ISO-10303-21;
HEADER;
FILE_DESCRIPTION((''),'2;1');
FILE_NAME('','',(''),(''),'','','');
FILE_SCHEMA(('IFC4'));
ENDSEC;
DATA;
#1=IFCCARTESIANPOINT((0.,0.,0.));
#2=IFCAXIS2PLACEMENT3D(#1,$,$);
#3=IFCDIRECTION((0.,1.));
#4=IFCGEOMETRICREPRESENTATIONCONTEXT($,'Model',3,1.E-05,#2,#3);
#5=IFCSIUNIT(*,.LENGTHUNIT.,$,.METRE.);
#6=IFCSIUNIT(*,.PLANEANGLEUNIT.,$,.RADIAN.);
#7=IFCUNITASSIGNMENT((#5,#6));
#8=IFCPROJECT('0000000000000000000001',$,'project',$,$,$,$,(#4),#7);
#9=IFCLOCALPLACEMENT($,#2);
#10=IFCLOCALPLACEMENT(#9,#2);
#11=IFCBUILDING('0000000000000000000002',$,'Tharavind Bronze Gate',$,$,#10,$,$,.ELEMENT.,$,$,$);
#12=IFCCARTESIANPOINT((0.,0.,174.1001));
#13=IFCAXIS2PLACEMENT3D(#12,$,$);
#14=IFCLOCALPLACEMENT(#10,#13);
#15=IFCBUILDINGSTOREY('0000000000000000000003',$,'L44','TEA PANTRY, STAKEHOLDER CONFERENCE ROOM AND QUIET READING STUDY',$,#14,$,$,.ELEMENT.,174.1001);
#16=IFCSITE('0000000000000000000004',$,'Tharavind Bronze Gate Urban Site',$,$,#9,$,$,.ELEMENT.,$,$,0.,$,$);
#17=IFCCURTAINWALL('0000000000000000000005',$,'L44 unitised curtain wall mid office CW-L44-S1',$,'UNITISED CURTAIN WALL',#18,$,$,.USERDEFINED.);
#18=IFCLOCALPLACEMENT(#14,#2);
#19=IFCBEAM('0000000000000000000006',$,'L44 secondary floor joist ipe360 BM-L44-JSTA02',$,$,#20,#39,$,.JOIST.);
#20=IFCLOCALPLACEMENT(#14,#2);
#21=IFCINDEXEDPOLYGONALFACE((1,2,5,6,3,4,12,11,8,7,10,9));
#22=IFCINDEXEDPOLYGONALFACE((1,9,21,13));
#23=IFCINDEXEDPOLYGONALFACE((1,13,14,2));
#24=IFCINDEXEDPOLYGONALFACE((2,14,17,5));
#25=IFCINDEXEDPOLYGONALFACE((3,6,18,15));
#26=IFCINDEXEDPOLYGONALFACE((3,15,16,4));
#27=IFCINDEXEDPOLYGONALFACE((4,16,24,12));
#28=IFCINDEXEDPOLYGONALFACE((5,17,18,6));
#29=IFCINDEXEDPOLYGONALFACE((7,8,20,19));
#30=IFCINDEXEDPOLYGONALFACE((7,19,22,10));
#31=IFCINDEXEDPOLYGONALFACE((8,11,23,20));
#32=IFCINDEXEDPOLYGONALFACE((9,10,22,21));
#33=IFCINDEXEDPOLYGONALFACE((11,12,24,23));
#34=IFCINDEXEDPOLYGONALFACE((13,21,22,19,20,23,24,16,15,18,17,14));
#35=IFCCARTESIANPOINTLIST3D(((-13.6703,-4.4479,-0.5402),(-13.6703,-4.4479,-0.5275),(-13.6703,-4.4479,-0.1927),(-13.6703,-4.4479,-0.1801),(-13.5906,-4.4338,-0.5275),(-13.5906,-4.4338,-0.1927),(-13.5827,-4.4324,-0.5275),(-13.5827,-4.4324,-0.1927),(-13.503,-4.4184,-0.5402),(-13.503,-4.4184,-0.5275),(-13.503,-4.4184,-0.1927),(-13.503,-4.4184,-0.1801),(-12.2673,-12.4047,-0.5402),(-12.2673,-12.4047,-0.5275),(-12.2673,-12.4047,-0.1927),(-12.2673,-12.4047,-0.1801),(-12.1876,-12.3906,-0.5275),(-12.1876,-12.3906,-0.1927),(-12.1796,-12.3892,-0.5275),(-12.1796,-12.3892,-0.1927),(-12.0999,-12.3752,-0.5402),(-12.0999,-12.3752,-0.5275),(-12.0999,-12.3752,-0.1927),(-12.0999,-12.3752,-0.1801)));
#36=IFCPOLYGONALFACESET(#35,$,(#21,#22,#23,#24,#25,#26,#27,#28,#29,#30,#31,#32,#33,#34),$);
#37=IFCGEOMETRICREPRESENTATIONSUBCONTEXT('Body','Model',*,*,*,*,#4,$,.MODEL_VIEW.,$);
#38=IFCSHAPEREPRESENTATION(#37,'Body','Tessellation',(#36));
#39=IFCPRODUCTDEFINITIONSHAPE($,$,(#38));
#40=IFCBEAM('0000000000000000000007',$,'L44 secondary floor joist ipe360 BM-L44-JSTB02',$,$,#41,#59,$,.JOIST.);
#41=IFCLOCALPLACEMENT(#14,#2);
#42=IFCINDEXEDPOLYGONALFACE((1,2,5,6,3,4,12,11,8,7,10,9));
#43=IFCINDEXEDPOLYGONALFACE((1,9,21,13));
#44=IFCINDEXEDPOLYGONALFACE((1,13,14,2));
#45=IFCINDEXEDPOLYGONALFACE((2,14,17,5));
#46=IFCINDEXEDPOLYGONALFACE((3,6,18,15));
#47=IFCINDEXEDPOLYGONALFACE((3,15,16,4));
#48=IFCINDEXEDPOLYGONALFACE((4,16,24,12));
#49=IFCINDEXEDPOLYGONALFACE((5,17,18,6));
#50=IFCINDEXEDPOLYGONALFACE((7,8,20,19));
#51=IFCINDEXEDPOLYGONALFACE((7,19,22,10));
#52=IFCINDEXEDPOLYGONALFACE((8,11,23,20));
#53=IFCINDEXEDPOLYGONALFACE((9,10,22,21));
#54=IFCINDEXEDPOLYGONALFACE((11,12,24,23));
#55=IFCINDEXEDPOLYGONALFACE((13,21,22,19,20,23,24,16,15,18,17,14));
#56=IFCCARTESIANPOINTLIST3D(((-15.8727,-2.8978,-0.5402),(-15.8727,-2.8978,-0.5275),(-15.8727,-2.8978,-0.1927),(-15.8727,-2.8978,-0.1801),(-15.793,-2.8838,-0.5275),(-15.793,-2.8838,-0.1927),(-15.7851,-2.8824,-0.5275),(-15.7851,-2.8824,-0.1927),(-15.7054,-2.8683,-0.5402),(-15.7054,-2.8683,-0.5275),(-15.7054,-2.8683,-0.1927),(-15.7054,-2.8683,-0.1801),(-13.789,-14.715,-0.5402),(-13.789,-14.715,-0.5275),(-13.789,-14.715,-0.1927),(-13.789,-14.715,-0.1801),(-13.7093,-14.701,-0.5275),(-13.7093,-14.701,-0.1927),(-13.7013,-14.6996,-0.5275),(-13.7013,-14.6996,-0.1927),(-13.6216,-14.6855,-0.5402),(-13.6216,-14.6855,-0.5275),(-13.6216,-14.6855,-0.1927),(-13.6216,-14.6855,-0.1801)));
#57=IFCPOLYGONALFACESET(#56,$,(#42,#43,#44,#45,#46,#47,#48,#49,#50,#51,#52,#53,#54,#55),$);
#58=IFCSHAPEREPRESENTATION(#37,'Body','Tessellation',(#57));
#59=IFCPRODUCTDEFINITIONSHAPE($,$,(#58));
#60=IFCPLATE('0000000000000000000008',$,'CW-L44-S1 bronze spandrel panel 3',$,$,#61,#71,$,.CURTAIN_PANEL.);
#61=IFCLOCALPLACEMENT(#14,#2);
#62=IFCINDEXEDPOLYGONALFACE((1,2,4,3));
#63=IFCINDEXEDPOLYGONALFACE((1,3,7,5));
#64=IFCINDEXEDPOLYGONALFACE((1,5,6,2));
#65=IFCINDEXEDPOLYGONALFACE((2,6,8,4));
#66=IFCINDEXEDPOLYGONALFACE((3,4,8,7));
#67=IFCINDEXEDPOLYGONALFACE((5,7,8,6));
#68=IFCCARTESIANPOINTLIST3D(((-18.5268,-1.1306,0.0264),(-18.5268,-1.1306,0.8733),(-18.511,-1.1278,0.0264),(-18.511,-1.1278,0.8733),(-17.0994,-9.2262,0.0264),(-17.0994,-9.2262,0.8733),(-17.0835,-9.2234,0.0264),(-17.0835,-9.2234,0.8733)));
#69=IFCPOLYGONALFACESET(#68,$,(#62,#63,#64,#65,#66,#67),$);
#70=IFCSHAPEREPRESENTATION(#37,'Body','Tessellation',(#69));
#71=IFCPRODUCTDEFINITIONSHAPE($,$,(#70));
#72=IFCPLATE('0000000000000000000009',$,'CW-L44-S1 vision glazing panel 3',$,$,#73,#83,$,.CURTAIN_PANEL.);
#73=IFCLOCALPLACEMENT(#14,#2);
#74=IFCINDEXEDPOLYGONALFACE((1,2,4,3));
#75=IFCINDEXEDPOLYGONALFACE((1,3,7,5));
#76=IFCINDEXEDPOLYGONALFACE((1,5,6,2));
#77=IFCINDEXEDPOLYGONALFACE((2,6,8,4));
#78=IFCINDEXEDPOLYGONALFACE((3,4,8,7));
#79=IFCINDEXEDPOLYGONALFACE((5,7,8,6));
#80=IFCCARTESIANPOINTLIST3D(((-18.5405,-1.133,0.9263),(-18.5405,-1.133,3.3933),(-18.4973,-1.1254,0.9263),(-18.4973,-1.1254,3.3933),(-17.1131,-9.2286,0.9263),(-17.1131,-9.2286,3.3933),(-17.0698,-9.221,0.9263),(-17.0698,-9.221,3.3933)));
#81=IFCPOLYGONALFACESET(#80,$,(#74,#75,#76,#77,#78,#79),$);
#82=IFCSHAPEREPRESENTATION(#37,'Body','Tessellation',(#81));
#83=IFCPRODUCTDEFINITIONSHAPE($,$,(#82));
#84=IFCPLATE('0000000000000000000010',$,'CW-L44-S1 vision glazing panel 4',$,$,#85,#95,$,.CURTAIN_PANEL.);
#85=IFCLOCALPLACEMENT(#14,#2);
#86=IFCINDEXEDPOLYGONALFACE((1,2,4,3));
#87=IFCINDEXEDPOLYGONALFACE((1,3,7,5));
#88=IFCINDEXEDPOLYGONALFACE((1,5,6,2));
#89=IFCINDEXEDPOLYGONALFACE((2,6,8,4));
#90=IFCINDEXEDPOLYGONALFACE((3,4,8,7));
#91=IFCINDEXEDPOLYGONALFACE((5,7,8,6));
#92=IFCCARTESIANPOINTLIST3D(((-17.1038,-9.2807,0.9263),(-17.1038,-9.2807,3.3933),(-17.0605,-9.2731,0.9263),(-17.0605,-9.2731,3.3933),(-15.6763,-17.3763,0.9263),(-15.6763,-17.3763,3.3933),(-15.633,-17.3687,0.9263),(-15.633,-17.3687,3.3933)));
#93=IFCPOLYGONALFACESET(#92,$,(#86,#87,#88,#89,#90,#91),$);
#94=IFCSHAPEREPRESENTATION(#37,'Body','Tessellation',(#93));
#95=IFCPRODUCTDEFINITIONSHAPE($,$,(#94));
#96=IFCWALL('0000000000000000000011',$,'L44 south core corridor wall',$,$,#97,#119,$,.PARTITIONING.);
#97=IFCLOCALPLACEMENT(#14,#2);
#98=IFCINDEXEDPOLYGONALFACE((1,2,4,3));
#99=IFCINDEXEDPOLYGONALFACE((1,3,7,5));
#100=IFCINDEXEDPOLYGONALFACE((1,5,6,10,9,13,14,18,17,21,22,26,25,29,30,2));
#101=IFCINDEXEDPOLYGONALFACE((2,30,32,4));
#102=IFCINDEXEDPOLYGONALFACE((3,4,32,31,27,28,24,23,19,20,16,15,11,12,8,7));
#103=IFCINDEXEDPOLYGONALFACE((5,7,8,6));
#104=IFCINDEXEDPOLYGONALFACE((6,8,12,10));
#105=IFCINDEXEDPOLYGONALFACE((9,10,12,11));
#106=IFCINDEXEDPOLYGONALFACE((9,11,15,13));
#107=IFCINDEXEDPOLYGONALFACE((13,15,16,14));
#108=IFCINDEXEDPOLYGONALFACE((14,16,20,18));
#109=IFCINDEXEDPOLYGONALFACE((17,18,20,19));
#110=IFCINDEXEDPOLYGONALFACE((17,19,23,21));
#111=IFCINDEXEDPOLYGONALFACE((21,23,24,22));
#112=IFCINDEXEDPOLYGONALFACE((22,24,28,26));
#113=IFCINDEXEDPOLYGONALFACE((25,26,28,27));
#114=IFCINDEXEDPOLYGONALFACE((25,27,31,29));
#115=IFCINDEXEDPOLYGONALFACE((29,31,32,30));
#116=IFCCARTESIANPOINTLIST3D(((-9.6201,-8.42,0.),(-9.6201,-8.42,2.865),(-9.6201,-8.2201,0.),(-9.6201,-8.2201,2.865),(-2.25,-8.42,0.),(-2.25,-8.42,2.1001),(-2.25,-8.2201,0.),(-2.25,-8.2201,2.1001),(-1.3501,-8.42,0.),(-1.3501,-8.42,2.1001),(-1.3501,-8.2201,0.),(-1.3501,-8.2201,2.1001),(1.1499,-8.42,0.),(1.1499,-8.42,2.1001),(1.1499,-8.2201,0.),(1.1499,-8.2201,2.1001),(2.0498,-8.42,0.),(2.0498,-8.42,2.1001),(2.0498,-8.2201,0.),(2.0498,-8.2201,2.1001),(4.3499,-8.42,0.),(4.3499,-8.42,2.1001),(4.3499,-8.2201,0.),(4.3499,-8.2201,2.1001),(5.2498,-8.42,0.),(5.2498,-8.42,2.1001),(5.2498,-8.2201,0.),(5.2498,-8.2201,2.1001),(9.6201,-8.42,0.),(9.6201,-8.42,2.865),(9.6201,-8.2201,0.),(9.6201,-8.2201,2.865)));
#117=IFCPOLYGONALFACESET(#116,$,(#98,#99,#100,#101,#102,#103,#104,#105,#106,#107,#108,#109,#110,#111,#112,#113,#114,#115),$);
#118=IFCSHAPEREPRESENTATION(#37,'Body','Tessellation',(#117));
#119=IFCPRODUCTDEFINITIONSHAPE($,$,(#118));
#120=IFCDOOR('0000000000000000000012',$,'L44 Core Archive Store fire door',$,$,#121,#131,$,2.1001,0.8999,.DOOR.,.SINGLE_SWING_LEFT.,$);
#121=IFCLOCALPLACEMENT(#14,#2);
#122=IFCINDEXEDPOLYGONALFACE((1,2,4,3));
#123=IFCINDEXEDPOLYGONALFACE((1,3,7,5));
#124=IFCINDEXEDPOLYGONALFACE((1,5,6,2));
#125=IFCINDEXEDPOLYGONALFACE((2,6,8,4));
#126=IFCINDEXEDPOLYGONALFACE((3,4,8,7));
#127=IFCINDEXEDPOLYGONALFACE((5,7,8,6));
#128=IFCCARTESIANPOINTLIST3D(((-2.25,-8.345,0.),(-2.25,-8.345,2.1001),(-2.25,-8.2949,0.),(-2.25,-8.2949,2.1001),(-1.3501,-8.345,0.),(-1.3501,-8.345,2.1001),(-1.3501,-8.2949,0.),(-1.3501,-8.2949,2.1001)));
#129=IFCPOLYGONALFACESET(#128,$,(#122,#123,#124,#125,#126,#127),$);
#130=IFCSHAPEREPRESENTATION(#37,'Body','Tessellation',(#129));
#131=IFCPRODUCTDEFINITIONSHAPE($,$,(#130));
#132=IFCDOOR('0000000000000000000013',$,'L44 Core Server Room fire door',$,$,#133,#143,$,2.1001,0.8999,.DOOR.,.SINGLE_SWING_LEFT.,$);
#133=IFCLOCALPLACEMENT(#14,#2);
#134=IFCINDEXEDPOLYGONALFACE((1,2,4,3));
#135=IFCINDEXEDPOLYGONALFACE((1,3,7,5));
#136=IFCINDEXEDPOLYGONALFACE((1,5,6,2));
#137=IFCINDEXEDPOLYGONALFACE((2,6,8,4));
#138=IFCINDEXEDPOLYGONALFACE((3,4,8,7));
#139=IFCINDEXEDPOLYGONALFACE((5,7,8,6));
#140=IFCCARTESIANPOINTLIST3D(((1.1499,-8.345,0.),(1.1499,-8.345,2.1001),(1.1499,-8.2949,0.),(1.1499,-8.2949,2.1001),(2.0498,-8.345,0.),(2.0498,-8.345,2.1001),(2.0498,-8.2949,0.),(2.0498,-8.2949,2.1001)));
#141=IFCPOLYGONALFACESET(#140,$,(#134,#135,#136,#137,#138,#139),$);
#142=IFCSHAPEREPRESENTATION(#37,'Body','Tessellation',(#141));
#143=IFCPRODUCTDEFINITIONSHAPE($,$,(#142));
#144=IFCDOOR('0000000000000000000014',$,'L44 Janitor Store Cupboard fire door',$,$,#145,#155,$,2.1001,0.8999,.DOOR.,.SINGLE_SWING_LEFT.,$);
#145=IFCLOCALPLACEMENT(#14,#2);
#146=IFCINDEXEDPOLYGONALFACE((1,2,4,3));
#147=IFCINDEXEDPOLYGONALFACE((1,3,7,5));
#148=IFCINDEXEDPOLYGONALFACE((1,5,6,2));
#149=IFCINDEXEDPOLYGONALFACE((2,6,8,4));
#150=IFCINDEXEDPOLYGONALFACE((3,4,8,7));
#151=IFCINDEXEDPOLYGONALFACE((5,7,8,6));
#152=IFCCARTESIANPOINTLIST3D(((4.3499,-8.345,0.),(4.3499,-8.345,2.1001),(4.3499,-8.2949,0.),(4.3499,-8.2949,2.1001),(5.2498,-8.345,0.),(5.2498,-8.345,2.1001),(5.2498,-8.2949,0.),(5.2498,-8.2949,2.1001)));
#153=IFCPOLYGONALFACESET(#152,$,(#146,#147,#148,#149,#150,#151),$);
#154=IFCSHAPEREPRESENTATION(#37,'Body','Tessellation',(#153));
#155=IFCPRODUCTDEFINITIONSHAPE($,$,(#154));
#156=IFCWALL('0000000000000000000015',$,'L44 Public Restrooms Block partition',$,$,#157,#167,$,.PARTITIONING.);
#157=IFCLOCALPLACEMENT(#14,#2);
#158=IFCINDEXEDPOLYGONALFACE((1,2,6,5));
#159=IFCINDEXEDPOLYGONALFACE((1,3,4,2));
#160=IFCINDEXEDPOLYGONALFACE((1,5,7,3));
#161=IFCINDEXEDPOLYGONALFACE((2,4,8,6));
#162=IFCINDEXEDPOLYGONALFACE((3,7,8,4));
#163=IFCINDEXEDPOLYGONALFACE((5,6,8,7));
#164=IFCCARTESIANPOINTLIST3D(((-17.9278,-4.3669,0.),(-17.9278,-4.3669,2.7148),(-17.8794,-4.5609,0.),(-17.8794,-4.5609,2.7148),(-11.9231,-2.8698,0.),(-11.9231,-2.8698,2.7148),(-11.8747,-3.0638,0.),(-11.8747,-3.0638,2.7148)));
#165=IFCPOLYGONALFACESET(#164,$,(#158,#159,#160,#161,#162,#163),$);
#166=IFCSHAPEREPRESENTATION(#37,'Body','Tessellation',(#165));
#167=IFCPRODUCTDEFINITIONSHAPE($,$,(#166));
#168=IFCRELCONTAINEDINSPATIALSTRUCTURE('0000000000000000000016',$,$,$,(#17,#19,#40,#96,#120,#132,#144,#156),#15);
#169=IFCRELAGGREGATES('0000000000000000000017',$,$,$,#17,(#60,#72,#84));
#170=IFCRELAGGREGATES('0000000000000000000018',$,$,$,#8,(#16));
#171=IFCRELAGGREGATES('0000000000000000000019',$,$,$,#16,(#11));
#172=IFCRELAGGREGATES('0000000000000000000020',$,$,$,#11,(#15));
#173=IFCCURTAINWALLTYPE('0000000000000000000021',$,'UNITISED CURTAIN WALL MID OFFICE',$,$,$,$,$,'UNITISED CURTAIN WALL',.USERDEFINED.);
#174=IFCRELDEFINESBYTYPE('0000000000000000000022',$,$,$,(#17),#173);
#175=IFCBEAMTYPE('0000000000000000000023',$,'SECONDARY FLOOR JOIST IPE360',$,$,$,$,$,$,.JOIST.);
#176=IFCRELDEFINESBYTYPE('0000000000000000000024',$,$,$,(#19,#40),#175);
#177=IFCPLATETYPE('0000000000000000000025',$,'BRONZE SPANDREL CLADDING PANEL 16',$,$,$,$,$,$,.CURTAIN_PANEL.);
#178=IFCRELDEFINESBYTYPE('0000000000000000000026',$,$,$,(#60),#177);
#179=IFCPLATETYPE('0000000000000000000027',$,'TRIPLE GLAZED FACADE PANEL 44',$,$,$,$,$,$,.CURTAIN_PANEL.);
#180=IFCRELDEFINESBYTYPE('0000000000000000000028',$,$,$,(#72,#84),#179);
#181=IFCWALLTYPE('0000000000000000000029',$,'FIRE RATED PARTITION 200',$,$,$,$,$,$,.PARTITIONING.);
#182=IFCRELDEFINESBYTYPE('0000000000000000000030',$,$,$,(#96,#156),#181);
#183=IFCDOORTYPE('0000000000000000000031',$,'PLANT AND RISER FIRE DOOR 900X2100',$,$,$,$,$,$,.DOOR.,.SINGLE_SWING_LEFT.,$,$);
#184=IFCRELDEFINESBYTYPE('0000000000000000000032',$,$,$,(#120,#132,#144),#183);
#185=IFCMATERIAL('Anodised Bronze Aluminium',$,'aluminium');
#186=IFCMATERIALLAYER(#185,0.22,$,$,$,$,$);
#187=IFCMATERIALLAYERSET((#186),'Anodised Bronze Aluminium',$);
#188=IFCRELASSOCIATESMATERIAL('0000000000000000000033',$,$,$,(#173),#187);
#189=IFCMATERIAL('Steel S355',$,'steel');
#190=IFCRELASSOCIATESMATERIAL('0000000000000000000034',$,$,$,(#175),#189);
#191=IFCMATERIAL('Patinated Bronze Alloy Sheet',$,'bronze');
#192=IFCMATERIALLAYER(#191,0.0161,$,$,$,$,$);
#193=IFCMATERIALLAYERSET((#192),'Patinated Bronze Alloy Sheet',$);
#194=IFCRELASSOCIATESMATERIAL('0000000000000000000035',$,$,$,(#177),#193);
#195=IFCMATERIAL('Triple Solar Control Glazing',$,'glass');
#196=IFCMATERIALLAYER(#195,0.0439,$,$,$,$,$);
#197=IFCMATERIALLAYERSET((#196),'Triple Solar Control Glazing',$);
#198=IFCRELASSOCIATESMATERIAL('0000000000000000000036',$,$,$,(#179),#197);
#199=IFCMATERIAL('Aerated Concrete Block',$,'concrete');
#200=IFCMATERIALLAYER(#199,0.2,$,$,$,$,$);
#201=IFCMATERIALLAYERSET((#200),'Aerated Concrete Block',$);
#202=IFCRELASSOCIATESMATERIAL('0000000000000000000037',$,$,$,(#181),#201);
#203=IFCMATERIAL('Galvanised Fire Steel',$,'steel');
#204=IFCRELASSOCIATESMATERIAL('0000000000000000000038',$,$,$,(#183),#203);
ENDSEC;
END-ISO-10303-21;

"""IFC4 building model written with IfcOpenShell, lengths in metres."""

from ifc_helpers import new_model, si_unit, direction, frame, frame_2d, origin, origin_2d, place, context, subcontext, project, spatial, rectangle, i_section, extrude, material, layer, layer_set, material_profile, profile_set, type_object, element, fill, aggregate, save


model = new_model("IFC4")

# Units and contexts
model_context = context("Model", 3, precision=1e-05, world=origin(), true_north=direction((0.0, 1.0)))
body_context = subcontext(model_context, "Body", "Model", "MODEL_VIEW")
ifc_project = project(units=[si_unit("LENGTHUNIT", "METRE"), si_unit("PLANEANGLEUNIT", "RADIAN")], contexts=[model_context])

# Site, building, storey
site_placement = place(None, origin())
site = spatial("IfcSite", under=ifc_project, at=site_placement, Name="Tharavind Bronze Gate Urban Site", CompositionType="ELEMENT", RefElevation=0.0)
building_placement = place(site_placement, origin())
building = spatial("IfcBuilding", under=site, at=building_placement, Name="Tharavind Bronze Gate", CompositionType="ELEMENT")
storey_placement = place(building_placement, frame((0.0, 0.0, 174.1001)))
storey = spatial("IfcBuildingStorey", under=building, at=storey_placement, Name="L44", Description="TEA PANTRY, STAKEHOLDER CONFERENCE ROOM AND QUIET READING STUDY", CompositionType="ELEMENT", Elevation=174.1001)

# Curtain wall
ifc_material_1 = material(Name="Anodised Bronze Aluminium", Category="aluminium")
ifc_layer_1 = layer(ifc_material_1, 0.22)
ifc_layer_set_1 = layer_set([ifc_layer_1], Name="Anodised Bronze Aluminium")
curtain_wall_type = type_object("IfcCurtainWallType", Name="UNITISED CURTAIN WALL MID OFFICE", ElementType="UNITISED CURTAIN WALL", PredefinedType="USERDEFINED", material=ifc_layer_set_1)
curtain_wall_placement = place(storey_placement, origin())
curtain_wall = element("IfcCurtainWall", 1, at=curtain_wall_placement, inside=storey, type_object=curtain_wall_type, Name="L44 unitised curtain wall mid office CW-L44-S1", ObjectType="UNITISED CURTAIN WALL", PredefinedType="USERDEFINED")

# Beams
ifc_material_2 = material(Name="Steel S355", Category="steel")
ifc_material_profile_1 = material_profile(ifc_material_2, i_section(OverallWidth=0.1699, OverallDepth=0.3601, WebThickness=0.0081, FlangeThickness=0.0127, at=origin_2d()), Name="IPE360")
ifc_profile_set_1 = profile_set([ifc_material_profile_1], Name="Steel S355")
beam_type_1 = type_object("IfcBeamType", Name="SECONDARY FLOOR JOIST IPE360", PredefinedType="JOIST", material=ifc_profile_set_1)
beam_1_placement = place(storey_placement, frame((-13.5867, -4.4331, -0.3601), z_axis=(0.173658, -0.984806, 0.0), x_axis=(0.984806, 0.173658, 0.0)))
element("IfcBeam", 2, at=beam_1_placement, inside=storey, type_object=beam_type_1, Name="L44 secondary floor joist ipe360 BM-L44-JSTA02", PredefinedType="JOIST", context=body_context, shape_type="SweptSolid", body=[
    extrude(i_section(OverallWidth=0.1699, OverallDepth=0.3601, WebThickness=0.0081, FlangeThickness=0.0127, at=origin_2d()), origin(), (0.0, 0.0, 1.0), 8.0796),
])
beam_2_placement = place(storey_placement, frame((-15.7891, -2.8831, -0.3601), z_axis=(0.173653, -0.984807, 0.0), x_axis=(0.984807, 0.173653, 0.0)))
element("IfcBeam", 3, at=beam_2_placement, inside=storey, type_object=beam_type_1, Name="L44 secondary floor joist ipe360 BM-L44-JSTB02", PredefinedType="JOIST", context=body_context, shape_type="SweptSolid", body=[
    extrude(i_section(OverallWidth=0.1699, OverallDepth=0.3601, WebThickness=0.0081, FlangeThickness=0.0127, at=origin_2d()), origin(), (0.0, 0.0, 1.0), 11.9995),
])

# Plates
ifc_material_3 = material(Name="Patinated Bronze Alloy Sheet", Category="bronze")
ifc_layer_2 = layer(ifc_material_3, 0.0161)
ifc_layer_set_2 = layer_set([ifc_layer_2], Name="Patinated Bronze Alloy Sheet")
plate_type_1 = type_object("IfcPlateType", Name="BRONZE SPANDREL CLADDING PANEL 16", PredefinedType="CURTAIN_PANEL", material=ifc_layer_set_2)
plate_1_placement = place(storey_placement, frame((-17.8052, -5.177, 0.0264), z_axis=(0.0, 0.0, 1.0), x_axis=(0.173648, -0.984808, 0.0)))
plate_1 = element("IfcPlate", 4, at=plate_1_placement, type_object=plate_type_1, Name="CW-L44-S1 bronze spandrel panel 3", PredefinedType="CURTAIN_PANEL", context=body_context, shape_type="SweptSolid", body=[
    extrude(rectangle(XDim=8.2205, YDim=0.0161, at=origin_2d()), origin(), (0.0, 0.0, 1.0), 0.8469),
])
ifc_material_4 = material(Name="Triple Solar Control Glazing", Category="glass")
ifc_layer_3 = layer(ifc_material_4, 0.0439)
ifc_layer_set_3 = layer_set([ifc_layer_3], Name="Triple Solar Control Glazing")
plate_type_2 = type_object("IfcPlateType", Name="TRIPLE GLAZED FACADE PANEL 44", PredefinedType="CURTAIN_PANEL", material=ifc_layer_set_3)
plate_2_placement = place(storey_placement, frame((-17.8052, -5.177, 0.9263), z_axis=(0.0, 0.0, 1.0), x_axis=(0.173648, -0.984808, 0.0)))
plate_2 = element("IfcPlate", 5, at=plate_2_placement, type_object=plate_type_2, Name="CW-L44-S1 vision glazing panel 3", PredefinedType="CURTAIN_PANEL", context=body_context, shape_type="SweptSolid", body=[
    extrude(rectangle(XDim=8.2205, YDim=0.0439, at=origin_2d()), origin(), (0.0, 0.0, 1.0), 2.467),
])
plate_3_placement = place(storey_placement, frame((-16.3684, -13.3247, 0.9263), z_axis=(0.0, 0.0, 1.0), x_axis=(0.173648, -0.984808, 0.0)))
plate_3 = element("IfcPlate", 6, at=plate_3_placement, type_object=plate_type_2, Name="CW-L44-S1 vision glazing panel 4", PredefinedType="CURTAIN_PANEL", context=body_context, shape_type="SweptSolid", body=[
    extrude(rectangle(XDim=8.2205, YDim=0.0439, at=origin_2d()), origin(), (0.0, 0.0, 1.0), 2.467),
])
aggregate(curtain_wall, [plate_1, plate_2, plate_3])

# Wall, openings, doors
ifc_material_5 = material(Name="Aerated Concrete Block", Category="concrete")
ifc_layer_4 = layer(ifc_material_5, 0.2)
ifc_layer_set_4 = layer_set([ifc_layer_4], Name="Aerated Concrete Block")
wall_type_1 = type_object("IfcWallType", Name="FIRE RATED PARTITION 200", PredefinedType="PARTITIONING", material=ifc_layer_set_4)
wall_1_placement = place(storey_placement, frame((-9.6201, -8.3201, 0.0), z_axis=(0.0, 0.0, 1.0), x_axis=(1.0, 0.0, 0.0)))
wall_1 = element("IfcWall", 7, at=wall_1_placement, inside=storey, type_object=wall_type_1, Name="L44 south core corridor wall", PredefinedType="PARTITIONING", context=body_context, shape_type="SweptSolid", body=[
    extrude(rectangle(XDim=19.2402, YDim=0.2, at=frame_2d((9.6201, 0.0))), origin(), (0.0, 0.0, 1.0), 2.865),
])
opening_1_placement = place(wall_1_placement, frame((7.3701, 0.0, 0.0)))
opening_1 = element("IfcOpeningElement", 8, at=opening_1_placement, cuts=wall_1, PredefinedType="OPENING", context=body_context, shape_type="SweptSolid", body=[
    extrude(rectangle(XDim=0.8999, YDim=2.1001, at=frame_2d((0.45, 1.05))), frame((0.0, 0.1101, 0.0), z_axis=(0.0, -1.0, 0.0), x_axis=(1.0, 0.0, 0.0)), (0.0, 0.0, 1.0), 0.22),
])
opening_2_placement = place(wall_1_placement, frame((10.77, 0.0, 0.0)))
opening_2 = element("IfcOpeningElement", 9, at=opening_2_placement, cuts=wall_1, PredefinedType="OPENING", context=body_context, shape_type="SweptSolid", body=[
    extrude(rectangle(XDim=0.8999, YDim=2.1001, at=frame_2d((0.45, 1.05))), frame((0.0, 0.1101, 0.0), z_axis=(0.0, -1.0, 0.0), x_axis=(1.0, 0.0, 0.0)), (0.0, 0.0, 1.0), 0.22),
])
opening_3_placement = place(wall_1_placement, frame((13.97, 0.0, 0.0)))
opening_3 = element("IfcOpeningElement", 10, at=opening_3_placement, cuts=wall_1, PredefinedType="OPENING", context=body_context, shape_type="SweptSolid", body=[
    extrude(rectangle(XDim=0.8999, YDim=2.1001, at=frame_2d((0.45, 1.05))), frame((0.0, 0.1101, 0.0), z_axis=(0.0, -1.0, 0.0), x_axis=(1.0, 0.0, 0.0)), (0.0, 0.0, 1.0), 0.22),
])
ifc_material_6 = material(Name="Galvanised Fire Steel", Category="steel")
door_type = type_object("IfcDoorType", Name="PLANT AND RISER FIRE DOOR 900X2100", OperationType="SINGLE_SWING_LEFT", PredefinedType="DOOR", material=ifc_material_6)
door_1_placement = place(opening_1_placement, frame((0.8999, 0.0, 0.0), z_axis=(0.0, 0.0, 1.0), x_axis=(-1.0, 0.0, 0.0)))
door_1 = element("IfcDoor", 11, at=door_1_placement, inside=storey, type_object=door_type, Name="L44 Core Archive Store fire door", OperationType="SINGLE_SWING_LEFT", OverallHeight=2.1001, OverallWidth=0.8999, PredefinedType="DOOR", context=body_context, shape_type="SweptSolid", body=[
    extrude(rectangle(XDim=0.8999, YDim=2.1001, at=frame_2d((0.45, 1.05))), frame((0.0, 0.0249, 0.0), z_axis=(0.0, -1.0, 0.0), x_axis=(1.0, 0.0, 0.0)), (0.0, 0.0, 1.0), 0.05),
])
fill(opening_1, door_1)
door_2_placement = place(opening_2_placement, frame((0.8999, 0.0, 0.0), z_axis=(0.0, 0.0, 1.0), x_axis=(-1.0, 0.0, 0.0)))
door_2 = element("IfcDoor", 12, at=door_2_placement, inside=storey, type_object=door_type, Name="L44 Core Server Room fire door", OperationType="SINGLE_SWING_LEFT", OverallHeight=2.1001, OverallWidth=0.8999, PredefinedType="DOOR", context=body_context, shape_type="SweptSolid", body=[
    extrude(rectangle(XDim=0.8999, YDim=2.1001, at=frame_2d((0.45, 1.05))), frame((0.0, 0.0249, 0.0), z_axis=(0.0, -1.0, 0.0), x_axis=(1.0, 0.0, 0.0)), (0.0, 0.0, 1.0), 0.05),
])
fill(opening_2, door_2)
door_3_placement = place(opening_3_placement, frame((0.8999, 0.0, 0.0), z_axis=(0.0, 0.0, 1.0), x_axis=(-1.0, 0.0, 0.0)))
door_3 = element("IfcDoor", 13, at=door_3_placement, inside=storey, type_object=door_type, Name="L44 Janitor Store Cupboard fire door", OperationType="SINGLE_SWING_LEFT", OverallHeight=2.1001, OverallWidth=0.8999, PredefinedType="DOOR", context=body_context, shape_type="SweptSolid", body=[
    extrude(rectangle(XDim=0.8999, YDim=2.1001, at=frame_2d((0.45, 1.05))), frame((0.0, 0.0249, 0.0), z_axis=(0.0, -1.0, 0.0), x_axis=(1.0, 0.0, 0.0)), (0.0, 0.0, 1.0), 0.05),
])
fill(opening_3, door_3)

# Wall
wall_2_placement = place(storey_placement, frame((-11.8989, -2.9668, 0.0), z_axis=(0.0, 0.0, 1.0), x_axis=(-0.970298, -0.241914, 0.0)))
element("IfcWall", 14, at=wall_2_placement, inside=storey, type_object=wall_type_1, Name="L44 Public Restrooms Block partition", PredefinedType="PARTITIONING", context=body_context, shape_type="SweptSolid", body=[
    extrude(rectangle(XDim=6.1885, YDim=0.2, at=frame_2d((3.0942, 0.0))), origin(), (0.0, 0.0, 1.0), 2.7148),
])

save(model, "model.ifc")
